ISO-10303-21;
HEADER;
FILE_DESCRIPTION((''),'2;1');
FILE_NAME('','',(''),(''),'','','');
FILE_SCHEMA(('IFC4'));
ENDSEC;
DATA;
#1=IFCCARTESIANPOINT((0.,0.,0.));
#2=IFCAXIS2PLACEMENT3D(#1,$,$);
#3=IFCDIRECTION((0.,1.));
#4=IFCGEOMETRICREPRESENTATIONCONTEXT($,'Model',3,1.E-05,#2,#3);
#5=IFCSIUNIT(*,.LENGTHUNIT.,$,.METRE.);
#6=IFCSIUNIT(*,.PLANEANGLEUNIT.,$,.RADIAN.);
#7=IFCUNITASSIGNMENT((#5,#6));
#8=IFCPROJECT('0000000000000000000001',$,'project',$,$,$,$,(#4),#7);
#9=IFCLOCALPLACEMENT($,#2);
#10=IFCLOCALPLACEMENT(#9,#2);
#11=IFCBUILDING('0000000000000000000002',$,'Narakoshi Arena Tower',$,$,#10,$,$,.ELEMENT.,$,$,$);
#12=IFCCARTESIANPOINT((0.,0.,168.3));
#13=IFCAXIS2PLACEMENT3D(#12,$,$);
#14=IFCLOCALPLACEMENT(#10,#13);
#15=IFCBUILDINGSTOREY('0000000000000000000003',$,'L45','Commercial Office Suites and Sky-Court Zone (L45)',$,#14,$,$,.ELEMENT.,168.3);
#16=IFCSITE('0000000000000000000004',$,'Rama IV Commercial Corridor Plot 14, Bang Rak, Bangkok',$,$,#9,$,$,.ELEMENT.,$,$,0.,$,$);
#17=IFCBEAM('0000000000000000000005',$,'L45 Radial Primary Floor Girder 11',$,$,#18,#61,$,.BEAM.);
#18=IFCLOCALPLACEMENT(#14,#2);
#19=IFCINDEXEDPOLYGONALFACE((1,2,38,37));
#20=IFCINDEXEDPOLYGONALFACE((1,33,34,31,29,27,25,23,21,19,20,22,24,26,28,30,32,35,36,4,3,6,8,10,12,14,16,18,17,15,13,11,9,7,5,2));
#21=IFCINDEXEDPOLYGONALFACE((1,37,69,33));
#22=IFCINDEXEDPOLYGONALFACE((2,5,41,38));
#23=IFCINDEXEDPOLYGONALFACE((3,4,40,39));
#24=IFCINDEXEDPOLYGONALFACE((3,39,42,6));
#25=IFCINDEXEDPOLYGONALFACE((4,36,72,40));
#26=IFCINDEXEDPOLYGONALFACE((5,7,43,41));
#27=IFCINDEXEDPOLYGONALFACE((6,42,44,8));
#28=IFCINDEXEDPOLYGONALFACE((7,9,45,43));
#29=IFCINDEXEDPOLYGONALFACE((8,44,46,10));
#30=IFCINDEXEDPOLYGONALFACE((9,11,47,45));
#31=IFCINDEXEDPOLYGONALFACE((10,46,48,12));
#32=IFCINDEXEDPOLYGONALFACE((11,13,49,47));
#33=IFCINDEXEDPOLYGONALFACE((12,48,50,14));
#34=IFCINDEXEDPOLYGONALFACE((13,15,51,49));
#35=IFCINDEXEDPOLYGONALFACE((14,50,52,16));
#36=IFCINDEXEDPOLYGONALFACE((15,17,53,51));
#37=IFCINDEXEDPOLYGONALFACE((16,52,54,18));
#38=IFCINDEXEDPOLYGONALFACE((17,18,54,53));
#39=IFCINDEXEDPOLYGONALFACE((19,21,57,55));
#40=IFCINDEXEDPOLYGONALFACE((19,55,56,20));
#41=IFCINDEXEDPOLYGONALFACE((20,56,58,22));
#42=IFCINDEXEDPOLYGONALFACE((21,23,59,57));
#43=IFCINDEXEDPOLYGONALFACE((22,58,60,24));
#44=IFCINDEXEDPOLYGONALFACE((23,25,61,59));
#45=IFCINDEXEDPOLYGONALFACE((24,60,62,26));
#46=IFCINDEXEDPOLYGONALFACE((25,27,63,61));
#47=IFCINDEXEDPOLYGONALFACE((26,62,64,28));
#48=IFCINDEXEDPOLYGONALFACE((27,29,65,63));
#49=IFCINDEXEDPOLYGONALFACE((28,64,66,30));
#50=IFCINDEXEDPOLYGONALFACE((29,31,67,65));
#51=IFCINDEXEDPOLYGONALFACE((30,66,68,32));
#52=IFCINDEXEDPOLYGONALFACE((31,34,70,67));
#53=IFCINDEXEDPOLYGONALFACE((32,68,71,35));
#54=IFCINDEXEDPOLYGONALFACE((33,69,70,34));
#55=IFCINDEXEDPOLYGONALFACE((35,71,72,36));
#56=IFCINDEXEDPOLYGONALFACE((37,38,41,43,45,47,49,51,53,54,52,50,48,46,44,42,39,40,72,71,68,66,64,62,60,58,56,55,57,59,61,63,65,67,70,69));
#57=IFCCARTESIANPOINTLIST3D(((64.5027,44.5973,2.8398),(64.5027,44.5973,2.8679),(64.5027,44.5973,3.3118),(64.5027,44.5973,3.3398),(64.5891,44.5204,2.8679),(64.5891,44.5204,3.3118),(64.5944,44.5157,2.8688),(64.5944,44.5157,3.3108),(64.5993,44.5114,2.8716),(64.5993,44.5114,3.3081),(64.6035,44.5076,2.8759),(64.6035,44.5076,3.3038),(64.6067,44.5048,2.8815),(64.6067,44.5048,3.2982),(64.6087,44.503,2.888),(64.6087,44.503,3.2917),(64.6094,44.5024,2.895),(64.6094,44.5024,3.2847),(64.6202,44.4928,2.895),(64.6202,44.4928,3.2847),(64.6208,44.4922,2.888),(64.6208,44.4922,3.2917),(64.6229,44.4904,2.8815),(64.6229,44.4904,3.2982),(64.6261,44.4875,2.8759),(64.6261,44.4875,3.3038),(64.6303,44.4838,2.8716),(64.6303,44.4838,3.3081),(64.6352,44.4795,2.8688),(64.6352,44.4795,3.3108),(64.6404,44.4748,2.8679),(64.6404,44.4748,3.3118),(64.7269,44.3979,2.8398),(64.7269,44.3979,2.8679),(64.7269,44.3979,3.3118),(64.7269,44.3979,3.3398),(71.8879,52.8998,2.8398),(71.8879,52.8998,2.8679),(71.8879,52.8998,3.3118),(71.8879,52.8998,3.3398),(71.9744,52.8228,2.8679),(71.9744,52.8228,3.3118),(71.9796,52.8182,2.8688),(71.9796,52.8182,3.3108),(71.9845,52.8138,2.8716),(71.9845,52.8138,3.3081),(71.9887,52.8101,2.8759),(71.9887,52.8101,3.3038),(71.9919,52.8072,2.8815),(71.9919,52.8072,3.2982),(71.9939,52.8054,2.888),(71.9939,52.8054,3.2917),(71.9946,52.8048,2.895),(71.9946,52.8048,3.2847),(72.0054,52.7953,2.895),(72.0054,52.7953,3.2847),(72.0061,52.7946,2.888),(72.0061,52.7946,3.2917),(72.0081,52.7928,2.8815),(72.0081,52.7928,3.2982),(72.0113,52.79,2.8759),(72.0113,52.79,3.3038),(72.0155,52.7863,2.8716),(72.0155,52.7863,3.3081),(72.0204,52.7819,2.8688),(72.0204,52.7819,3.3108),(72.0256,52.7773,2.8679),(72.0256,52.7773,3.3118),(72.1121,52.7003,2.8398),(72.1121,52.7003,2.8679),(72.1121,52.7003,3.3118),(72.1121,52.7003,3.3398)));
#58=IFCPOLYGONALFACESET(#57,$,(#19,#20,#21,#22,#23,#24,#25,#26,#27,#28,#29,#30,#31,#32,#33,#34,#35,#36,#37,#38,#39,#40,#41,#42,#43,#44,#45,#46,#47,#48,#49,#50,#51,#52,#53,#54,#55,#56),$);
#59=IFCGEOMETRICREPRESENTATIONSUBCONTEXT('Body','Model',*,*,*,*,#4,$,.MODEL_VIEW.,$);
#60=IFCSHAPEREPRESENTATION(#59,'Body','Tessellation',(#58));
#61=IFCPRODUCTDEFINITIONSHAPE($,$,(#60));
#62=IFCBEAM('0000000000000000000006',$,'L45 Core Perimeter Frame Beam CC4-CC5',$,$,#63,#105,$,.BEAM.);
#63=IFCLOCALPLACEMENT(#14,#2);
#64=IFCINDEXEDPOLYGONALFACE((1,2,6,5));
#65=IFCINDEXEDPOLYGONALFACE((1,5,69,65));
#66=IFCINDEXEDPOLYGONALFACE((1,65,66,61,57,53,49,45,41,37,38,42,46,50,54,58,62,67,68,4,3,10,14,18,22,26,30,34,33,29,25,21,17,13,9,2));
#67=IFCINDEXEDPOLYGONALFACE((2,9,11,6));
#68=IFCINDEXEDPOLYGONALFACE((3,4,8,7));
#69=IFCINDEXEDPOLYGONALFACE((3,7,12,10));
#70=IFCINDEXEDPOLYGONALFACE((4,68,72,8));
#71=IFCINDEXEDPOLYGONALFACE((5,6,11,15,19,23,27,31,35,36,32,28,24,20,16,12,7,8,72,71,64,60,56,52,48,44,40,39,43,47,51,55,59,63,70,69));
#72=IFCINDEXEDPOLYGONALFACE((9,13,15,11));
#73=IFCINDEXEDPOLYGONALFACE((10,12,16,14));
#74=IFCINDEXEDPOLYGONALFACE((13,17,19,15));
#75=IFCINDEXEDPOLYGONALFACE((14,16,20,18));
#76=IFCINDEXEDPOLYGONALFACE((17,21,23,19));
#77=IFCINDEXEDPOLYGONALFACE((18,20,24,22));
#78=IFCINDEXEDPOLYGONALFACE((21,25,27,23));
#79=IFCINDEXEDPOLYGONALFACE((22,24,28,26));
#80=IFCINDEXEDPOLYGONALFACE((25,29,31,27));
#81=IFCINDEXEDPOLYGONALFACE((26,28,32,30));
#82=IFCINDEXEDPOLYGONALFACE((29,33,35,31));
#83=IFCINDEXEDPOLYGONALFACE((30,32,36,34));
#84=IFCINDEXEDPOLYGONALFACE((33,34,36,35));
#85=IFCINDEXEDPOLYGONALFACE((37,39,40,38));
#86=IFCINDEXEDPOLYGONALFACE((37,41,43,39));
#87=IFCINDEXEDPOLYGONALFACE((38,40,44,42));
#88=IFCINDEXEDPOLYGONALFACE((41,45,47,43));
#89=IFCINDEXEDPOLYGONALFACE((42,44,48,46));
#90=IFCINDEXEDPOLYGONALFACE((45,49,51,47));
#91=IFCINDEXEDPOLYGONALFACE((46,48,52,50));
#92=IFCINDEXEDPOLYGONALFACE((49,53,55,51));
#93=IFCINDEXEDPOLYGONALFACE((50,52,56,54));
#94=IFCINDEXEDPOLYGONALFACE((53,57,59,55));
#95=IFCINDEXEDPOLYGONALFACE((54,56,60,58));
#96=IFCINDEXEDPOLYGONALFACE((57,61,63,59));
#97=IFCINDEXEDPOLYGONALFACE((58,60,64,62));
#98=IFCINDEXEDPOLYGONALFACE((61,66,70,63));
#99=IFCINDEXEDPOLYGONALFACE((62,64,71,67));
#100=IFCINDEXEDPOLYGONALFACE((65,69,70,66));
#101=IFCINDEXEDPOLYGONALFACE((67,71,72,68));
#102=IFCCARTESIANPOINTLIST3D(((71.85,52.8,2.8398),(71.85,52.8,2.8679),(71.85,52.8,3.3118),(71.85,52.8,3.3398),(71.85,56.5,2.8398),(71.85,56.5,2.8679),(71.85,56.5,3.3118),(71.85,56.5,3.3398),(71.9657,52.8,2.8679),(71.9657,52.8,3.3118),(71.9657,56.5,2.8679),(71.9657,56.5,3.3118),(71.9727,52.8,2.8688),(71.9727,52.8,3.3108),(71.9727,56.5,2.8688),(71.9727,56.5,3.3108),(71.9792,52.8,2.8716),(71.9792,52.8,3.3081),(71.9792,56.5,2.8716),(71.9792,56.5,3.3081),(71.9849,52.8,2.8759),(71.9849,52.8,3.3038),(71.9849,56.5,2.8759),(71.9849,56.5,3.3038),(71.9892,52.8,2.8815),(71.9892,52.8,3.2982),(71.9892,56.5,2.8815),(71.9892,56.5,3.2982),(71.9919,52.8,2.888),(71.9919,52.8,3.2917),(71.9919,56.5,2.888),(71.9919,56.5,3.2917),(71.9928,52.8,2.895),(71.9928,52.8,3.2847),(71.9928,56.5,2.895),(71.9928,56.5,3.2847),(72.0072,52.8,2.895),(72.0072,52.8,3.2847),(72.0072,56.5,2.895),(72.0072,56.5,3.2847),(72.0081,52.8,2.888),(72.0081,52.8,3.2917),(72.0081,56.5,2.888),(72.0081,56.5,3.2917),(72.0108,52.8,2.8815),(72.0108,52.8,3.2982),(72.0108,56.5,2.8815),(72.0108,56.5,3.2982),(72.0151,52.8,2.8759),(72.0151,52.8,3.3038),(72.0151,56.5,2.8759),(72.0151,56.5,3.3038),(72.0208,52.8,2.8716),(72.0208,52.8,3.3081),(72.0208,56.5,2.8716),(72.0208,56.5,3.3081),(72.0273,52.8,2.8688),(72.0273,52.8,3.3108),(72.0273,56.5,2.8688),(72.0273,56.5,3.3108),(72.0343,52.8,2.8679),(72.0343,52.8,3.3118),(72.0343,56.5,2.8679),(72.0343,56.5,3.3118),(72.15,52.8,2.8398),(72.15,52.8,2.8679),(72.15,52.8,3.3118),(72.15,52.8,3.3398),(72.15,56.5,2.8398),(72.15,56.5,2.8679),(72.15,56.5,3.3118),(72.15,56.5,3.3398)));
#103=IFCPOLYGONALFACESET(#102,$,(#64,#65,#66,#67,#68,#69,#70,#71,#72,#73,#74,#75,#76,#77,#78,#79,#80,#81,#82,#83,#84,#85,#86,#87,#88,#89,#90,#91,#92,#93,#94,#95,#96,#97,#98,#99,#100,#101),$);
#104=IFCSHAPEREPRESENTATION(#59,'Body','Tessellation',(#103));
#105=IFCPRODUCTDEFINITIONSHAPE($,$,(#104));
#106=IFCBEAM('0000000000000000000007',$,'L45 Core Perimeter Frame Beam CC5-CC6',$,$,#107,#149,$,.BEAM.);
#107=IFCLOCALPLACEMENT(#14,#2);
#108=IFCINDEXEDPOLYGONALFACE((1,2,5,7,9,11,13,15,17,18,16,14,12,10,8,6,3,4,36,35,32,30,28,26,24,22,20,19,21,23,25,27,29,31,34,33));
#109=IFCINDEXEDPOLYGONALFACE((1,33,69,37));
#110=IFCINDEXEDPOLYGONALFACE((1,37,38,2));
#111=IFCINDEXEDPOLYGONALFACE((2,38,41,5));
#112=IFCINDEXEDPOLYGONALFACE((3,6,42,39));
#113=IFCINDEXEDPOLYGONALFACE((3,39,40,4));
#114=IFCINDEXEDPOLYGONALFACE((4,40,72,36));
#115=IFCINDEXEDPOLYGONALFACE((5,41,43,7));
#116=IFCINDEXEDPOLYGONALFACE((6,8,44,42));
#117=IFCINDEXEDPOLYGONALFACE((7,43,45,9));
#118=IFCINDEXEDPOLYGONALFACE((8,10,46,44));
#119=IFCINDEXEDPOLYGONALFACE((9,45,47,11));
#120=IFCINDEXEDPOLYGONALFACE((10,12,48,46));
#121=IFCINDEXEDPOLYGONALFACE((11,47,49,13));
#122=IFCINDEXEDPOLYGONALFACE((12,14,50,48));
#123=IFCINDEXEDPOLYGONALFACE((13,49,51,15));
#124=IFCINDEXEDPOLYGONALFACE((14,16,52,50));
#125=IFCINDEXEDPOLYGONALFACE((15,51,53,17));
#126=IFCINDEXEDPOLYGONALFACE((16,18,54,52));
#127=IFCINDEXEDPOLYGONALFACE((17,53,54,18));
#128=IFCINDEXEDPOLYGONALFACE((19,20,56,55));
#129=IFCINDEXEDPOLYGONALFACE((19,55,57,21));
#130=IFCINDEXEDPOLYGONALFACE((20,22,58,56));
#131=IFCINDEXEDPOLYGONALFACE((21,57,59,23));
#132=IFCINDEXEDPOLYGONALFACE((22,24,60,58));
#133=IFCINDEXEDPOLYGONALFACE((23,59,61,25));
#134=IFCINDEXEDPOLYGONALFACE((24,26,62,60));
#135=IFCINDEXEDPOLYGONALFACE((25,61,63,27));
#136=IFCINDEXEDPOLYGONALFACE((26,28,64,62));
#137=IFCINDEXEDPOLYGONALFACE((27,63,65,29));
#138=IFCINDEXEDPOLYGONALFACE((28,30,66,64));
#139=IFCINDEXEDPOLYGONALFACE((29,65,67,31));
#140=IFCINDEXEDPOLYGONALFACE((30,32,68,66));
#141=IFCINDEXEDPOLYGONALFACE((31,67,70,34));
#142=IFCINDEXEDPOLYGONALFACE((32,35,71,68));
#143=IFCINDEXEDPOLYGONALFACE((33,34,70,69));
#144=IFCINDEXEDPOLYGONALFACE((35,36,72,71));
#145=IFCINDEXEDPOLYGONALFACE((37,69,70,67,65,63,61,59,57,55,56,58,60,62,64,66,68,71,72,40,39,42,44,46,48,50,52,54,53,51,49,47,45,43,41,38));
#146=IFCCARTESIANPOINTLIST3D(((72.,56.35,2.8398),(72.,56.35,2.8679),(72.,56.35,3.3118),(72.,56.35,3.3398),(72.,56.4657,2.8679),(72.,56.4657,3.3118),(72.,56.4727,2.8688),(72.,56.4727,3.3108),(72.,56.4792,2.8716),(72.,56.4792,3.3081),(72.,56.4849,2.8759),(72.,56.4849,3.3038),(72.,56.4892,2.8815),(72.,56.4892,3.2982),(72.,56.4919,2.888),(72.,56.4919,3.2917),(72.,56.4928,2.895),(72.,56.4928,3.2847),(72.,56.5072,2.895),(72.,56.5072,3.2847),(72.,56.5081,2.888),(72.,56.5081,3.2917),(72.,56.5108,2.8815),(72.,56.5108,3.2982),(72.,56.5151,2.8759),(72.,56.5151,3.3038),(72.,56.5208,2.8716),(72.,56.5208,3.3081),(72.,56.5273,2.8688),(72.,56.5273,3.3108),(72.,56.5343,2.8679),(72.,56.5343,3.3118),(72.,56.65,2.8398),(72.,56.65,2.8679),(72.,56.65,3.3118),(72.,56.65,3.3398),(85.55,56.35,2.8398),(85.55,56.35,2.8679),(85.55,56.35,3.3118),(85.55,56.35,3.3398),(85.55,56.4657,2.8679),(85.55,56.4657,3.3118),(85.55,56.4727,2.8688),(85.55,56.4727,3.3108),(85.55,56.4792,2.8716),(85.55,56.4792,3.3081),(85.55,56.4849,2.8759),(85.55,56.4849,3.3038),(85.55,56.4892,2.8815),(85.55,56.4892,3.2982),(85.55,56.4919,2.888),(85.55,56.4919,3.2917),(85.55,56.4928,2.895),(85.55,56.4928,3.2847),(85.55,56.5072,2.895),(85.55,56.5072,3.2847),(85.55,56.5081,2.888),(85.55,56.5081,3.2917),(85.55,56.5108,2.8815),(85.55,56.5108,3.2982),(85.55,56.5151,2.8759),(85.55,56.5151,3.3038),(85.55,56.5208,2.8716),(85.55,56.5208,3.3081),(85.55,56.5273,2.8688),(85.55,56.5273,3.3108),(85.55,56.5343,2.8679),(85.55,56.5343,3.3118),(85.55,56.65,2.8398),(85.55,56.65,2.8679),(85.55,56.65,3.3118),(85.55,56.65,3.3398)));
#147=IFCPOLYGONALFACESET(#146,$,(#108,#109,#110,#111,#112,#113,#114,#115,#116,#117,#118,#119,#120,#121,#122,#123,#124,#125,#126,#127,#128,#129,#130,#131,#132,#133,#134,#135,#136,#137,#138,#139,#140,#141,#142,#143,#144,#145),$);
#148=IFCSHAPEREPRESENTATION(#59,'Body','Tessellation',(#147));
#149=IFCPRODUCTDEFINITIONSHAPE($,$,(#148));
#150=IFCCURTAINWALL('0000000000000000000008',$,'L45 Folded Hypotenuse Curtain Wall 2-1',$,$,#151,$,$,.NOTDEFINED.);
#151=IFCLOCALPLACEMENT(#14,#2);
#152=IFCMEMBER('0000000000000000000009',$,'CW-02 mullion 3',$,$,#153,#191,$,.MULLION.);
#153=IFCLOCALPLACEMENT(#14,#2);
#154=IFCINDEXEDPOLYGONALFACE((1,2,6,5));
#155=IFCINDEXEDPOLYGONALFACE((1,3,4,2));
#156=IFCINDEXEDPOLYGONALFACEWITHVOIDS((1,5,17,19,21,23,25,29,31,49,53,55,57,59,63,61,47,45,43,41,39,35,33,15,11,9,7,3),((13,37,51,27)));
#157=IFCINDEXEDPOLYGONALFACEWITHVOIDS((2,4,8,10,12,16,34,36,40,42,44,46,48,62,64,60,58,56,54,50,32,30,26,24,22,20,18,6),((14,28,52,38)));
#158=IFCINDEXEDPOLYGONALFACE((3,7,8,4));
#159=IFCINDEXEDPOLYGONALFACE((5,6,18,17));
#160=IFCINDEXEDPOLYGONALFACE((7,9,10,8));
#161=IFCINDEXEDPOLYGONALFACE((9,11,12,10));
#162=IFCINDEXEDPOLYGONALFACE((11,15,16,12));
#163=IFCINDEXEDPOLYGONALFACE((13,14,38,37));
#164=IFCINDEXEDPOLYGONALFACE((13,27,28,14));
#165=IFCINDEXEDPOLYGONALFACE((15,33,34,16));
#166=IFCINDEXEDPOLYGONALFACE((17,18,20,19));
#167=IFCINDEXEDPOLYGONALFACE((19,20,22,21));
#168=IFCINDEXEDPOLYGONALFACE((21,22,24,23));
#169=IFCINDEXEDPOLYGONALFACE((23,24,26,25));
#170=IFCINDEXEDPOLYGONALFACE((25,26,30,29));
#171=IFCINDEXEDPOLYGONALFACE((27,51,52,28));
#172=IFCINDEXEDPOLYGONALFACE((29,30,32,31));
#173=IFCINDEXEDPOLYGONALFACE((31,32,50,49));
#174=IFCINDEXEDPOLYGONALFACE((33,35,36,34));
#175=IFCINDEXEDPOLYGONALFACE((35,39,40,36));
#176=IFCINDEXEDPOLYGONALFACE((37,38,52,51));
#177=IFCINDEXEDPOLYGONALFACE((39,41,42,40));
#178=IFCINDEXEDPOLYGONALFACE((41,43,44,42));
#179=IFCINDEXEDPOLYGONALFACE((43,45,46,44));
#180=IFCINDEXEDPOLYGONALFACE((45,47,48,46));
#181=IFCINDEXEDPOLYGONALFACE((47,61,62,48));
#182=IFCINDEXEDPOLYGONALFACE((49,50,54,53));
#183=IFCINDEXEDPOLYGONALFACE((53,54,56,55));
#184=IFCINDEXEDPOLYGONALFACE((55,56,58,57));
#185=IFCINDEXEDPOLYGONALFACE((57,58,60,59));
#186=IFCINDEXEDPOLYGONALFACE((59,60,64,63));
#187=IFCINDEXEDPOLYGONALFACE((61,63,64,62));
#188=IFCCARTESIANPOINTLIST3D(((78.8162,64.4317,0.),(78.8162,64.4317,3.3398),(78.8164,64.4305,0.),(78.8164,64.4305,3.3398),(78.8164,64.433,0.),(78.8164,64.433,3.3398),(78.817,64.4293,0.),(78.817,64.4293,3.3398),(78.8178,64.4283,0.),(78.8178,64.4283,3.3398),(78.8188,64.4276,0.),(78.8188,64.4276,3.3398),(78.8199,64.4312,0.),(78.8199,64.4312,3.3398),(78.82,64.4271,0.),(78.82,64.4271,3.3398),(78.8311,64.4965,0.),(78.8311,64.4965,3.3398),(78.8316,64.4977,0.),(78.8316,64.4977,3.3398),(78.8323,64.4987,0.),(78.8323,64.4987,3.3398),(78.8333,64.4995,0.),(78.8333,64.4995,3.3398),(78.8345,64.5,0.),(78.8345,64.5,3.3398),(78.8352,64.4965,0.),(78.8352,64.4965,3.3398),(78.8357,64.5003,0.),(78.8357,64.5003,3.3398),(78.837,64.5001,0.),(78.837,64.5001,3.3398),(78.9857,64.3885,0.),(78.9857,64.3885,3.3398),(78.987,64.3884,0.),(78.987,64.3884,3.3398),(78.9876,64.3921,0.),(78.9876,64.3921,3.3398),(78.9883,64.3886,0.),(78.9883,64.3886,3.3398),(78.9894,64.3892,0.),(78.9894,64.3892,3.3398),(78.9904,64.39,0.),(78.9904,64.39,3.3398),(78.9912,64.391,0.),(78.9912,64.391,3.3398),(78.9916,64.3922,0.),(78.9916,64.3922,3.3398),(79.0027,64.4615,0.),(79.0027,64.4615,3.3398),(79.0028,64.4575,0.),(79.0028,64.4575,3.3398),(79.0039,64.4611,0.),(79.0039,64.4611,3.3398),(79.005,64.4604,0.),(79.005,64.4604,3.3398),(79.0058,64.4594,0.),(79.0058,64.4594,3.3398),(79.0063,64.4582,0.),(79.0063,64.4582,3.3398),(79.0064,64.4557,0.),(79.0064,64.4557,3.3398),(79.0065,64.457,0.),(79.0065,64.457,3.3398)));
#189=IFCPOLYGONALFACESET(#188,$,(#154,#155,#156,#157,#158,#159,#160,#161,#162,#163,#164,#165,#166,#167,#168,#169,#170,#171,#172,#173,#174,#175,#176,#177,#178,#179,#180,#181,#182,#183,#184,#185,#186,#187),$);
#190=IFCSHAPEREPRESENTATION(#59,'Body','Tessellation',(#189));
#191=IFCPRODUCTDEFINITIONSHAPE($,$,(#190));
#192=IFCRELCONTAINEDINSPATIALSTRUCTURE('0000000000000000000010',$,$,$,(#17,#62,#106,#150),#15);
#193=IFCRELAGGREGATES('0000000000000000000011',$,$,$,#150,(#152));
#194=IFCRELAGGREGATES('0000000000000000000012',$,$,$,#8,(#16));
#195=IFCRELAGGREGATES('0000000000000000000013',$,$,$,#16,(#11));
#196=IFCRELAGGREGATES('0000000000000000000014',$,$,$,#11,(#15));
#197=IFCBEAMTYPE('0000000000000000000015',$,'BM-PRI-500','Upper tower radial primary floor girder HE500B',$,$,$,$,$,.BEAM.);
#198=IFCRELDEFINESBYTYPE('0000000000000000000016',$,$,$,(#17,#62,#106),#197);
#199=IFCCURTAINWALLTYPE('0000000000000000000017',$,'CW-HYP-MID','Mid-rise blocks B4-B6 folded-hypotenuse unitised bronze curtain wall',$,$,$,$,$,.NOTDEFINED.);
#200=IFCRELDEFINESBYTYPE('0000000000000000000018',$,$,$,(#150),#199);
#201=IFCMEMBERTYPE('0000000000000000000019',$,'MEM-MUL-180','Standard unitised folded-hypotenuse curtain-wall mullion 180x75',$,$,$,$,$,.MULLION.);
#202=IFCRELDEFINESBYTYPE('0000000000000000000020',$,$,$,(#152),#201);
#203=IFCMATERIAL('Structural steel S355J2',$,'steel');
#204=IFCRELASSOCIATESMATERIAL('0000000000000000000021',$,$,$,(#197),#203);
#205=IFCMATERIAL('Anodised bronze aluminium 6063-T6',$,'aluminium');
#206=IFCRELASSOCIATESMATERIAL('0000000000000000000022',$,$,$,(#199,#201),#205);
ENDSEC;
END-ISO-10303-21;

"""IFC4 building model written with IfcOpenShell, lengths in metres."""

from ifc_helpers import new_model, si_unit, direction, frame, origin, origin_2d, place, context, subcontext, project, spatial, hollow_rectangle, i_section, extrude, material, material_profile, profile_set, type_object, element, aggregate, save


model = new_model("IFC4")

# Units and contexts
model_context = context("Model", 3, precision=1e-05, world=origin(), true_north=direction((0.0, 1.0)))
body_context = subcontext(model_context, "Body", "Model", "MODEL_VIEW")
ifc_project = project(units=[si_unit("LENGTHUNIT", "METRE"), si_unit("PLANEANGLEUNIT", "RADIAN")], contexts=[model_context])

# Site, building, storey
site_placement = place(None, origin())
site = spatial("IfcSite", under=ifc_project, at=site_placement, Name="Rama IV Commercial Corridor Plot 14, Bang Rak, Bangkok", CompositionType="ELEMENT", RefElevation=0.0)
building_placement = place(site_placement, origin())
building = spatial("IfcBuilding", under=site, at=building_placement, Name="Narakoshi Arena Tower", CompositionType="ELEMENT")
storey_placement = place(building_placement, frame((0.0, 0.0, 168.3)))
storey = spatial("IfcBuildingStorey", under=building, at=storey_placement, Name="L45", Description="Commercial Office Suites and Sky-Court Zone (L45)", CompositionType="ELEMENT", Elevation=168.3)

# Beams
ifc_material_1 = material(Name="Structural steel S355J2", Category="steel")
ifc_material_profile_1 = material_profile(ifc_material_1, i_section(OverallWidth=0.3, OverallDepth=0.5, WebThickness=0.0144, FlangeThickness=0.0281, FilletRadius=0.0271, at=origin_2d()), Name="HE500B")
ifc_profile_set_1 = profile_set([ifc_material_profile_1], Name="Structural steel S355J2")
beam_type = type_object("IfcBeamType", Name="BM-PRI-500", Description="Upper tower radial primary floor girder HE500B", PredefinedType="BEAM", material=ifc_profile_set_1)
beam_1_placement = place(storey_placement, frame((72.0, 52.8, 3.0898), z_axis=(-0.664628, -0.747174, 0.0), x_axis=(0.747174, -0.664628, 0.0)))
element("IfcBeam", 1, at=beam_1_placement, inside=storey, type_object=beam_type, Name="L45 Radial Primary Floor Girder 11", PredefinedType="BEAM", context=body_context, shape_type="SweptSolid", body=[
    extrude(i_section(OverallWidth=0.3, OverallDepth=0.5, WebThickness=0.0144, FlangeThickness=0.0281, FilletRadius=0.0271, at=origin_2d()), origin(), (0.0, 0.0, 1.0), 11.1118),
])
beam_2_placement = place(storey_placement, frame((72.0, 52.8, 3.0898), z_axis=(0.0, 1.0, 0.0), x_axis=(-1.0, 0.0, 0.0)))
element("IfcBeam", 2, at=beam_2_placement, inside=storey, type_object=beam_type, Name="L45 Core Perimeter Frame Beam CC4-CC5", PredefinedType="BEAM", context=body_context, shape_type="SweptSolid", body=[
    extrude(i_section(OverallWidth=0.3, OverallDepth=0.5, WebThickness=0.0144, FlangeThickness=0.0281, FilletRadius=0.0271, at=origin_2d()), origin(), (0.0, 0.0, 1.0), 3.7),
])
beam_3_placement = place(storey_placement, frame((72.0, 56.5, 3.0898), z_axis=(1.0, 0.0, 0.0), x_axis=(0.0, 1.0, 0.0)))
element("IfcBeam", 3, at=beam_3_placement, inside=storey, type_object=beam_type, Name="L45 Core Perimeter Frame Beam CC5-CC6", PredefinedType="BEAM", context=body_context, shape_type="SweptSolid", body=[
    extrude(i_section(OverallWidth=0.3, OverallDepth=0.5, WebThickness=0.0144, FlangeThickness=0.0281, FilletRadius=0.0271, at=origin_2d()), origin(), (0.0, 0.0, 1.0), 13.55),
])

# Curtain wall, member
ifc_material_2 = material(Name="Anodised bronze aluminium 6063-T6", Category="aluminium")
curtain_wall_type = type_object("IfcCurtainWallType", Name="CW-HYP-MID", Description="Mid-rise blocks B4-B6 folded-hypotenuse unitised bronze curtain wall", PredefinedType="NOTDEFINED", material=ifc_material_2)
curtain_wall_placement = place(storey_placement, origin())
curtain_wall = element("IfcCurtainWall", 4, at=curtain_wall_placement, inside=storey, type_object=curtain_wall_type, Name="L45 Folded Hypotenuse Curtain Wall 2-1", PredefinedType="NOTDEFINED")
ifc_material_profile_2 = material_profile(ifc_material_2, hollow_rectangle(XDim=0.075, YDim=0.1799, WallThickness=0.0039, OuterFilletRadius=0.0049, at=origin_2d()), Name="MUL180x75x4")
ifc_profile_set_2 = profile_set([ifc_material_profile_2], Name="Anodised bronze aluminium 6063-T6")
member_type_1 = type_object("IfcMemberType", Name="MEM-MUL-180", Description="Standard unitised folded-hypotenuse curtain-wall mullion 180x75", PredefinedType="MULLION", material=ifc_profile_set_2)
member_1_placement = place(storey_placement, frame((78.9114, 64.4443, 0.0), z_axis=(0.0, 0.0, 1.0), x_axis=(-0.226721, -0.97396, 0.0)))
member_1 = element("IfcMember", 5, at=member_1_placement, type_object=member_type_1, Name="CW-02 mullion 3", PredefinedType="MULLION", context=body_context, shape_type="SweptSolid", body=[
    extrude(hollow_rectangle(XDim=0.075, YDim=0.1799, WallThickness=0.0039, OuterFilletRadius=0.0049, at=origin_2d()), origin(), (0.0, 0.0, 1.0), 3.3398),
])
aggregate(curtain_wall, [member_1])

save(model, "model.ifc")
